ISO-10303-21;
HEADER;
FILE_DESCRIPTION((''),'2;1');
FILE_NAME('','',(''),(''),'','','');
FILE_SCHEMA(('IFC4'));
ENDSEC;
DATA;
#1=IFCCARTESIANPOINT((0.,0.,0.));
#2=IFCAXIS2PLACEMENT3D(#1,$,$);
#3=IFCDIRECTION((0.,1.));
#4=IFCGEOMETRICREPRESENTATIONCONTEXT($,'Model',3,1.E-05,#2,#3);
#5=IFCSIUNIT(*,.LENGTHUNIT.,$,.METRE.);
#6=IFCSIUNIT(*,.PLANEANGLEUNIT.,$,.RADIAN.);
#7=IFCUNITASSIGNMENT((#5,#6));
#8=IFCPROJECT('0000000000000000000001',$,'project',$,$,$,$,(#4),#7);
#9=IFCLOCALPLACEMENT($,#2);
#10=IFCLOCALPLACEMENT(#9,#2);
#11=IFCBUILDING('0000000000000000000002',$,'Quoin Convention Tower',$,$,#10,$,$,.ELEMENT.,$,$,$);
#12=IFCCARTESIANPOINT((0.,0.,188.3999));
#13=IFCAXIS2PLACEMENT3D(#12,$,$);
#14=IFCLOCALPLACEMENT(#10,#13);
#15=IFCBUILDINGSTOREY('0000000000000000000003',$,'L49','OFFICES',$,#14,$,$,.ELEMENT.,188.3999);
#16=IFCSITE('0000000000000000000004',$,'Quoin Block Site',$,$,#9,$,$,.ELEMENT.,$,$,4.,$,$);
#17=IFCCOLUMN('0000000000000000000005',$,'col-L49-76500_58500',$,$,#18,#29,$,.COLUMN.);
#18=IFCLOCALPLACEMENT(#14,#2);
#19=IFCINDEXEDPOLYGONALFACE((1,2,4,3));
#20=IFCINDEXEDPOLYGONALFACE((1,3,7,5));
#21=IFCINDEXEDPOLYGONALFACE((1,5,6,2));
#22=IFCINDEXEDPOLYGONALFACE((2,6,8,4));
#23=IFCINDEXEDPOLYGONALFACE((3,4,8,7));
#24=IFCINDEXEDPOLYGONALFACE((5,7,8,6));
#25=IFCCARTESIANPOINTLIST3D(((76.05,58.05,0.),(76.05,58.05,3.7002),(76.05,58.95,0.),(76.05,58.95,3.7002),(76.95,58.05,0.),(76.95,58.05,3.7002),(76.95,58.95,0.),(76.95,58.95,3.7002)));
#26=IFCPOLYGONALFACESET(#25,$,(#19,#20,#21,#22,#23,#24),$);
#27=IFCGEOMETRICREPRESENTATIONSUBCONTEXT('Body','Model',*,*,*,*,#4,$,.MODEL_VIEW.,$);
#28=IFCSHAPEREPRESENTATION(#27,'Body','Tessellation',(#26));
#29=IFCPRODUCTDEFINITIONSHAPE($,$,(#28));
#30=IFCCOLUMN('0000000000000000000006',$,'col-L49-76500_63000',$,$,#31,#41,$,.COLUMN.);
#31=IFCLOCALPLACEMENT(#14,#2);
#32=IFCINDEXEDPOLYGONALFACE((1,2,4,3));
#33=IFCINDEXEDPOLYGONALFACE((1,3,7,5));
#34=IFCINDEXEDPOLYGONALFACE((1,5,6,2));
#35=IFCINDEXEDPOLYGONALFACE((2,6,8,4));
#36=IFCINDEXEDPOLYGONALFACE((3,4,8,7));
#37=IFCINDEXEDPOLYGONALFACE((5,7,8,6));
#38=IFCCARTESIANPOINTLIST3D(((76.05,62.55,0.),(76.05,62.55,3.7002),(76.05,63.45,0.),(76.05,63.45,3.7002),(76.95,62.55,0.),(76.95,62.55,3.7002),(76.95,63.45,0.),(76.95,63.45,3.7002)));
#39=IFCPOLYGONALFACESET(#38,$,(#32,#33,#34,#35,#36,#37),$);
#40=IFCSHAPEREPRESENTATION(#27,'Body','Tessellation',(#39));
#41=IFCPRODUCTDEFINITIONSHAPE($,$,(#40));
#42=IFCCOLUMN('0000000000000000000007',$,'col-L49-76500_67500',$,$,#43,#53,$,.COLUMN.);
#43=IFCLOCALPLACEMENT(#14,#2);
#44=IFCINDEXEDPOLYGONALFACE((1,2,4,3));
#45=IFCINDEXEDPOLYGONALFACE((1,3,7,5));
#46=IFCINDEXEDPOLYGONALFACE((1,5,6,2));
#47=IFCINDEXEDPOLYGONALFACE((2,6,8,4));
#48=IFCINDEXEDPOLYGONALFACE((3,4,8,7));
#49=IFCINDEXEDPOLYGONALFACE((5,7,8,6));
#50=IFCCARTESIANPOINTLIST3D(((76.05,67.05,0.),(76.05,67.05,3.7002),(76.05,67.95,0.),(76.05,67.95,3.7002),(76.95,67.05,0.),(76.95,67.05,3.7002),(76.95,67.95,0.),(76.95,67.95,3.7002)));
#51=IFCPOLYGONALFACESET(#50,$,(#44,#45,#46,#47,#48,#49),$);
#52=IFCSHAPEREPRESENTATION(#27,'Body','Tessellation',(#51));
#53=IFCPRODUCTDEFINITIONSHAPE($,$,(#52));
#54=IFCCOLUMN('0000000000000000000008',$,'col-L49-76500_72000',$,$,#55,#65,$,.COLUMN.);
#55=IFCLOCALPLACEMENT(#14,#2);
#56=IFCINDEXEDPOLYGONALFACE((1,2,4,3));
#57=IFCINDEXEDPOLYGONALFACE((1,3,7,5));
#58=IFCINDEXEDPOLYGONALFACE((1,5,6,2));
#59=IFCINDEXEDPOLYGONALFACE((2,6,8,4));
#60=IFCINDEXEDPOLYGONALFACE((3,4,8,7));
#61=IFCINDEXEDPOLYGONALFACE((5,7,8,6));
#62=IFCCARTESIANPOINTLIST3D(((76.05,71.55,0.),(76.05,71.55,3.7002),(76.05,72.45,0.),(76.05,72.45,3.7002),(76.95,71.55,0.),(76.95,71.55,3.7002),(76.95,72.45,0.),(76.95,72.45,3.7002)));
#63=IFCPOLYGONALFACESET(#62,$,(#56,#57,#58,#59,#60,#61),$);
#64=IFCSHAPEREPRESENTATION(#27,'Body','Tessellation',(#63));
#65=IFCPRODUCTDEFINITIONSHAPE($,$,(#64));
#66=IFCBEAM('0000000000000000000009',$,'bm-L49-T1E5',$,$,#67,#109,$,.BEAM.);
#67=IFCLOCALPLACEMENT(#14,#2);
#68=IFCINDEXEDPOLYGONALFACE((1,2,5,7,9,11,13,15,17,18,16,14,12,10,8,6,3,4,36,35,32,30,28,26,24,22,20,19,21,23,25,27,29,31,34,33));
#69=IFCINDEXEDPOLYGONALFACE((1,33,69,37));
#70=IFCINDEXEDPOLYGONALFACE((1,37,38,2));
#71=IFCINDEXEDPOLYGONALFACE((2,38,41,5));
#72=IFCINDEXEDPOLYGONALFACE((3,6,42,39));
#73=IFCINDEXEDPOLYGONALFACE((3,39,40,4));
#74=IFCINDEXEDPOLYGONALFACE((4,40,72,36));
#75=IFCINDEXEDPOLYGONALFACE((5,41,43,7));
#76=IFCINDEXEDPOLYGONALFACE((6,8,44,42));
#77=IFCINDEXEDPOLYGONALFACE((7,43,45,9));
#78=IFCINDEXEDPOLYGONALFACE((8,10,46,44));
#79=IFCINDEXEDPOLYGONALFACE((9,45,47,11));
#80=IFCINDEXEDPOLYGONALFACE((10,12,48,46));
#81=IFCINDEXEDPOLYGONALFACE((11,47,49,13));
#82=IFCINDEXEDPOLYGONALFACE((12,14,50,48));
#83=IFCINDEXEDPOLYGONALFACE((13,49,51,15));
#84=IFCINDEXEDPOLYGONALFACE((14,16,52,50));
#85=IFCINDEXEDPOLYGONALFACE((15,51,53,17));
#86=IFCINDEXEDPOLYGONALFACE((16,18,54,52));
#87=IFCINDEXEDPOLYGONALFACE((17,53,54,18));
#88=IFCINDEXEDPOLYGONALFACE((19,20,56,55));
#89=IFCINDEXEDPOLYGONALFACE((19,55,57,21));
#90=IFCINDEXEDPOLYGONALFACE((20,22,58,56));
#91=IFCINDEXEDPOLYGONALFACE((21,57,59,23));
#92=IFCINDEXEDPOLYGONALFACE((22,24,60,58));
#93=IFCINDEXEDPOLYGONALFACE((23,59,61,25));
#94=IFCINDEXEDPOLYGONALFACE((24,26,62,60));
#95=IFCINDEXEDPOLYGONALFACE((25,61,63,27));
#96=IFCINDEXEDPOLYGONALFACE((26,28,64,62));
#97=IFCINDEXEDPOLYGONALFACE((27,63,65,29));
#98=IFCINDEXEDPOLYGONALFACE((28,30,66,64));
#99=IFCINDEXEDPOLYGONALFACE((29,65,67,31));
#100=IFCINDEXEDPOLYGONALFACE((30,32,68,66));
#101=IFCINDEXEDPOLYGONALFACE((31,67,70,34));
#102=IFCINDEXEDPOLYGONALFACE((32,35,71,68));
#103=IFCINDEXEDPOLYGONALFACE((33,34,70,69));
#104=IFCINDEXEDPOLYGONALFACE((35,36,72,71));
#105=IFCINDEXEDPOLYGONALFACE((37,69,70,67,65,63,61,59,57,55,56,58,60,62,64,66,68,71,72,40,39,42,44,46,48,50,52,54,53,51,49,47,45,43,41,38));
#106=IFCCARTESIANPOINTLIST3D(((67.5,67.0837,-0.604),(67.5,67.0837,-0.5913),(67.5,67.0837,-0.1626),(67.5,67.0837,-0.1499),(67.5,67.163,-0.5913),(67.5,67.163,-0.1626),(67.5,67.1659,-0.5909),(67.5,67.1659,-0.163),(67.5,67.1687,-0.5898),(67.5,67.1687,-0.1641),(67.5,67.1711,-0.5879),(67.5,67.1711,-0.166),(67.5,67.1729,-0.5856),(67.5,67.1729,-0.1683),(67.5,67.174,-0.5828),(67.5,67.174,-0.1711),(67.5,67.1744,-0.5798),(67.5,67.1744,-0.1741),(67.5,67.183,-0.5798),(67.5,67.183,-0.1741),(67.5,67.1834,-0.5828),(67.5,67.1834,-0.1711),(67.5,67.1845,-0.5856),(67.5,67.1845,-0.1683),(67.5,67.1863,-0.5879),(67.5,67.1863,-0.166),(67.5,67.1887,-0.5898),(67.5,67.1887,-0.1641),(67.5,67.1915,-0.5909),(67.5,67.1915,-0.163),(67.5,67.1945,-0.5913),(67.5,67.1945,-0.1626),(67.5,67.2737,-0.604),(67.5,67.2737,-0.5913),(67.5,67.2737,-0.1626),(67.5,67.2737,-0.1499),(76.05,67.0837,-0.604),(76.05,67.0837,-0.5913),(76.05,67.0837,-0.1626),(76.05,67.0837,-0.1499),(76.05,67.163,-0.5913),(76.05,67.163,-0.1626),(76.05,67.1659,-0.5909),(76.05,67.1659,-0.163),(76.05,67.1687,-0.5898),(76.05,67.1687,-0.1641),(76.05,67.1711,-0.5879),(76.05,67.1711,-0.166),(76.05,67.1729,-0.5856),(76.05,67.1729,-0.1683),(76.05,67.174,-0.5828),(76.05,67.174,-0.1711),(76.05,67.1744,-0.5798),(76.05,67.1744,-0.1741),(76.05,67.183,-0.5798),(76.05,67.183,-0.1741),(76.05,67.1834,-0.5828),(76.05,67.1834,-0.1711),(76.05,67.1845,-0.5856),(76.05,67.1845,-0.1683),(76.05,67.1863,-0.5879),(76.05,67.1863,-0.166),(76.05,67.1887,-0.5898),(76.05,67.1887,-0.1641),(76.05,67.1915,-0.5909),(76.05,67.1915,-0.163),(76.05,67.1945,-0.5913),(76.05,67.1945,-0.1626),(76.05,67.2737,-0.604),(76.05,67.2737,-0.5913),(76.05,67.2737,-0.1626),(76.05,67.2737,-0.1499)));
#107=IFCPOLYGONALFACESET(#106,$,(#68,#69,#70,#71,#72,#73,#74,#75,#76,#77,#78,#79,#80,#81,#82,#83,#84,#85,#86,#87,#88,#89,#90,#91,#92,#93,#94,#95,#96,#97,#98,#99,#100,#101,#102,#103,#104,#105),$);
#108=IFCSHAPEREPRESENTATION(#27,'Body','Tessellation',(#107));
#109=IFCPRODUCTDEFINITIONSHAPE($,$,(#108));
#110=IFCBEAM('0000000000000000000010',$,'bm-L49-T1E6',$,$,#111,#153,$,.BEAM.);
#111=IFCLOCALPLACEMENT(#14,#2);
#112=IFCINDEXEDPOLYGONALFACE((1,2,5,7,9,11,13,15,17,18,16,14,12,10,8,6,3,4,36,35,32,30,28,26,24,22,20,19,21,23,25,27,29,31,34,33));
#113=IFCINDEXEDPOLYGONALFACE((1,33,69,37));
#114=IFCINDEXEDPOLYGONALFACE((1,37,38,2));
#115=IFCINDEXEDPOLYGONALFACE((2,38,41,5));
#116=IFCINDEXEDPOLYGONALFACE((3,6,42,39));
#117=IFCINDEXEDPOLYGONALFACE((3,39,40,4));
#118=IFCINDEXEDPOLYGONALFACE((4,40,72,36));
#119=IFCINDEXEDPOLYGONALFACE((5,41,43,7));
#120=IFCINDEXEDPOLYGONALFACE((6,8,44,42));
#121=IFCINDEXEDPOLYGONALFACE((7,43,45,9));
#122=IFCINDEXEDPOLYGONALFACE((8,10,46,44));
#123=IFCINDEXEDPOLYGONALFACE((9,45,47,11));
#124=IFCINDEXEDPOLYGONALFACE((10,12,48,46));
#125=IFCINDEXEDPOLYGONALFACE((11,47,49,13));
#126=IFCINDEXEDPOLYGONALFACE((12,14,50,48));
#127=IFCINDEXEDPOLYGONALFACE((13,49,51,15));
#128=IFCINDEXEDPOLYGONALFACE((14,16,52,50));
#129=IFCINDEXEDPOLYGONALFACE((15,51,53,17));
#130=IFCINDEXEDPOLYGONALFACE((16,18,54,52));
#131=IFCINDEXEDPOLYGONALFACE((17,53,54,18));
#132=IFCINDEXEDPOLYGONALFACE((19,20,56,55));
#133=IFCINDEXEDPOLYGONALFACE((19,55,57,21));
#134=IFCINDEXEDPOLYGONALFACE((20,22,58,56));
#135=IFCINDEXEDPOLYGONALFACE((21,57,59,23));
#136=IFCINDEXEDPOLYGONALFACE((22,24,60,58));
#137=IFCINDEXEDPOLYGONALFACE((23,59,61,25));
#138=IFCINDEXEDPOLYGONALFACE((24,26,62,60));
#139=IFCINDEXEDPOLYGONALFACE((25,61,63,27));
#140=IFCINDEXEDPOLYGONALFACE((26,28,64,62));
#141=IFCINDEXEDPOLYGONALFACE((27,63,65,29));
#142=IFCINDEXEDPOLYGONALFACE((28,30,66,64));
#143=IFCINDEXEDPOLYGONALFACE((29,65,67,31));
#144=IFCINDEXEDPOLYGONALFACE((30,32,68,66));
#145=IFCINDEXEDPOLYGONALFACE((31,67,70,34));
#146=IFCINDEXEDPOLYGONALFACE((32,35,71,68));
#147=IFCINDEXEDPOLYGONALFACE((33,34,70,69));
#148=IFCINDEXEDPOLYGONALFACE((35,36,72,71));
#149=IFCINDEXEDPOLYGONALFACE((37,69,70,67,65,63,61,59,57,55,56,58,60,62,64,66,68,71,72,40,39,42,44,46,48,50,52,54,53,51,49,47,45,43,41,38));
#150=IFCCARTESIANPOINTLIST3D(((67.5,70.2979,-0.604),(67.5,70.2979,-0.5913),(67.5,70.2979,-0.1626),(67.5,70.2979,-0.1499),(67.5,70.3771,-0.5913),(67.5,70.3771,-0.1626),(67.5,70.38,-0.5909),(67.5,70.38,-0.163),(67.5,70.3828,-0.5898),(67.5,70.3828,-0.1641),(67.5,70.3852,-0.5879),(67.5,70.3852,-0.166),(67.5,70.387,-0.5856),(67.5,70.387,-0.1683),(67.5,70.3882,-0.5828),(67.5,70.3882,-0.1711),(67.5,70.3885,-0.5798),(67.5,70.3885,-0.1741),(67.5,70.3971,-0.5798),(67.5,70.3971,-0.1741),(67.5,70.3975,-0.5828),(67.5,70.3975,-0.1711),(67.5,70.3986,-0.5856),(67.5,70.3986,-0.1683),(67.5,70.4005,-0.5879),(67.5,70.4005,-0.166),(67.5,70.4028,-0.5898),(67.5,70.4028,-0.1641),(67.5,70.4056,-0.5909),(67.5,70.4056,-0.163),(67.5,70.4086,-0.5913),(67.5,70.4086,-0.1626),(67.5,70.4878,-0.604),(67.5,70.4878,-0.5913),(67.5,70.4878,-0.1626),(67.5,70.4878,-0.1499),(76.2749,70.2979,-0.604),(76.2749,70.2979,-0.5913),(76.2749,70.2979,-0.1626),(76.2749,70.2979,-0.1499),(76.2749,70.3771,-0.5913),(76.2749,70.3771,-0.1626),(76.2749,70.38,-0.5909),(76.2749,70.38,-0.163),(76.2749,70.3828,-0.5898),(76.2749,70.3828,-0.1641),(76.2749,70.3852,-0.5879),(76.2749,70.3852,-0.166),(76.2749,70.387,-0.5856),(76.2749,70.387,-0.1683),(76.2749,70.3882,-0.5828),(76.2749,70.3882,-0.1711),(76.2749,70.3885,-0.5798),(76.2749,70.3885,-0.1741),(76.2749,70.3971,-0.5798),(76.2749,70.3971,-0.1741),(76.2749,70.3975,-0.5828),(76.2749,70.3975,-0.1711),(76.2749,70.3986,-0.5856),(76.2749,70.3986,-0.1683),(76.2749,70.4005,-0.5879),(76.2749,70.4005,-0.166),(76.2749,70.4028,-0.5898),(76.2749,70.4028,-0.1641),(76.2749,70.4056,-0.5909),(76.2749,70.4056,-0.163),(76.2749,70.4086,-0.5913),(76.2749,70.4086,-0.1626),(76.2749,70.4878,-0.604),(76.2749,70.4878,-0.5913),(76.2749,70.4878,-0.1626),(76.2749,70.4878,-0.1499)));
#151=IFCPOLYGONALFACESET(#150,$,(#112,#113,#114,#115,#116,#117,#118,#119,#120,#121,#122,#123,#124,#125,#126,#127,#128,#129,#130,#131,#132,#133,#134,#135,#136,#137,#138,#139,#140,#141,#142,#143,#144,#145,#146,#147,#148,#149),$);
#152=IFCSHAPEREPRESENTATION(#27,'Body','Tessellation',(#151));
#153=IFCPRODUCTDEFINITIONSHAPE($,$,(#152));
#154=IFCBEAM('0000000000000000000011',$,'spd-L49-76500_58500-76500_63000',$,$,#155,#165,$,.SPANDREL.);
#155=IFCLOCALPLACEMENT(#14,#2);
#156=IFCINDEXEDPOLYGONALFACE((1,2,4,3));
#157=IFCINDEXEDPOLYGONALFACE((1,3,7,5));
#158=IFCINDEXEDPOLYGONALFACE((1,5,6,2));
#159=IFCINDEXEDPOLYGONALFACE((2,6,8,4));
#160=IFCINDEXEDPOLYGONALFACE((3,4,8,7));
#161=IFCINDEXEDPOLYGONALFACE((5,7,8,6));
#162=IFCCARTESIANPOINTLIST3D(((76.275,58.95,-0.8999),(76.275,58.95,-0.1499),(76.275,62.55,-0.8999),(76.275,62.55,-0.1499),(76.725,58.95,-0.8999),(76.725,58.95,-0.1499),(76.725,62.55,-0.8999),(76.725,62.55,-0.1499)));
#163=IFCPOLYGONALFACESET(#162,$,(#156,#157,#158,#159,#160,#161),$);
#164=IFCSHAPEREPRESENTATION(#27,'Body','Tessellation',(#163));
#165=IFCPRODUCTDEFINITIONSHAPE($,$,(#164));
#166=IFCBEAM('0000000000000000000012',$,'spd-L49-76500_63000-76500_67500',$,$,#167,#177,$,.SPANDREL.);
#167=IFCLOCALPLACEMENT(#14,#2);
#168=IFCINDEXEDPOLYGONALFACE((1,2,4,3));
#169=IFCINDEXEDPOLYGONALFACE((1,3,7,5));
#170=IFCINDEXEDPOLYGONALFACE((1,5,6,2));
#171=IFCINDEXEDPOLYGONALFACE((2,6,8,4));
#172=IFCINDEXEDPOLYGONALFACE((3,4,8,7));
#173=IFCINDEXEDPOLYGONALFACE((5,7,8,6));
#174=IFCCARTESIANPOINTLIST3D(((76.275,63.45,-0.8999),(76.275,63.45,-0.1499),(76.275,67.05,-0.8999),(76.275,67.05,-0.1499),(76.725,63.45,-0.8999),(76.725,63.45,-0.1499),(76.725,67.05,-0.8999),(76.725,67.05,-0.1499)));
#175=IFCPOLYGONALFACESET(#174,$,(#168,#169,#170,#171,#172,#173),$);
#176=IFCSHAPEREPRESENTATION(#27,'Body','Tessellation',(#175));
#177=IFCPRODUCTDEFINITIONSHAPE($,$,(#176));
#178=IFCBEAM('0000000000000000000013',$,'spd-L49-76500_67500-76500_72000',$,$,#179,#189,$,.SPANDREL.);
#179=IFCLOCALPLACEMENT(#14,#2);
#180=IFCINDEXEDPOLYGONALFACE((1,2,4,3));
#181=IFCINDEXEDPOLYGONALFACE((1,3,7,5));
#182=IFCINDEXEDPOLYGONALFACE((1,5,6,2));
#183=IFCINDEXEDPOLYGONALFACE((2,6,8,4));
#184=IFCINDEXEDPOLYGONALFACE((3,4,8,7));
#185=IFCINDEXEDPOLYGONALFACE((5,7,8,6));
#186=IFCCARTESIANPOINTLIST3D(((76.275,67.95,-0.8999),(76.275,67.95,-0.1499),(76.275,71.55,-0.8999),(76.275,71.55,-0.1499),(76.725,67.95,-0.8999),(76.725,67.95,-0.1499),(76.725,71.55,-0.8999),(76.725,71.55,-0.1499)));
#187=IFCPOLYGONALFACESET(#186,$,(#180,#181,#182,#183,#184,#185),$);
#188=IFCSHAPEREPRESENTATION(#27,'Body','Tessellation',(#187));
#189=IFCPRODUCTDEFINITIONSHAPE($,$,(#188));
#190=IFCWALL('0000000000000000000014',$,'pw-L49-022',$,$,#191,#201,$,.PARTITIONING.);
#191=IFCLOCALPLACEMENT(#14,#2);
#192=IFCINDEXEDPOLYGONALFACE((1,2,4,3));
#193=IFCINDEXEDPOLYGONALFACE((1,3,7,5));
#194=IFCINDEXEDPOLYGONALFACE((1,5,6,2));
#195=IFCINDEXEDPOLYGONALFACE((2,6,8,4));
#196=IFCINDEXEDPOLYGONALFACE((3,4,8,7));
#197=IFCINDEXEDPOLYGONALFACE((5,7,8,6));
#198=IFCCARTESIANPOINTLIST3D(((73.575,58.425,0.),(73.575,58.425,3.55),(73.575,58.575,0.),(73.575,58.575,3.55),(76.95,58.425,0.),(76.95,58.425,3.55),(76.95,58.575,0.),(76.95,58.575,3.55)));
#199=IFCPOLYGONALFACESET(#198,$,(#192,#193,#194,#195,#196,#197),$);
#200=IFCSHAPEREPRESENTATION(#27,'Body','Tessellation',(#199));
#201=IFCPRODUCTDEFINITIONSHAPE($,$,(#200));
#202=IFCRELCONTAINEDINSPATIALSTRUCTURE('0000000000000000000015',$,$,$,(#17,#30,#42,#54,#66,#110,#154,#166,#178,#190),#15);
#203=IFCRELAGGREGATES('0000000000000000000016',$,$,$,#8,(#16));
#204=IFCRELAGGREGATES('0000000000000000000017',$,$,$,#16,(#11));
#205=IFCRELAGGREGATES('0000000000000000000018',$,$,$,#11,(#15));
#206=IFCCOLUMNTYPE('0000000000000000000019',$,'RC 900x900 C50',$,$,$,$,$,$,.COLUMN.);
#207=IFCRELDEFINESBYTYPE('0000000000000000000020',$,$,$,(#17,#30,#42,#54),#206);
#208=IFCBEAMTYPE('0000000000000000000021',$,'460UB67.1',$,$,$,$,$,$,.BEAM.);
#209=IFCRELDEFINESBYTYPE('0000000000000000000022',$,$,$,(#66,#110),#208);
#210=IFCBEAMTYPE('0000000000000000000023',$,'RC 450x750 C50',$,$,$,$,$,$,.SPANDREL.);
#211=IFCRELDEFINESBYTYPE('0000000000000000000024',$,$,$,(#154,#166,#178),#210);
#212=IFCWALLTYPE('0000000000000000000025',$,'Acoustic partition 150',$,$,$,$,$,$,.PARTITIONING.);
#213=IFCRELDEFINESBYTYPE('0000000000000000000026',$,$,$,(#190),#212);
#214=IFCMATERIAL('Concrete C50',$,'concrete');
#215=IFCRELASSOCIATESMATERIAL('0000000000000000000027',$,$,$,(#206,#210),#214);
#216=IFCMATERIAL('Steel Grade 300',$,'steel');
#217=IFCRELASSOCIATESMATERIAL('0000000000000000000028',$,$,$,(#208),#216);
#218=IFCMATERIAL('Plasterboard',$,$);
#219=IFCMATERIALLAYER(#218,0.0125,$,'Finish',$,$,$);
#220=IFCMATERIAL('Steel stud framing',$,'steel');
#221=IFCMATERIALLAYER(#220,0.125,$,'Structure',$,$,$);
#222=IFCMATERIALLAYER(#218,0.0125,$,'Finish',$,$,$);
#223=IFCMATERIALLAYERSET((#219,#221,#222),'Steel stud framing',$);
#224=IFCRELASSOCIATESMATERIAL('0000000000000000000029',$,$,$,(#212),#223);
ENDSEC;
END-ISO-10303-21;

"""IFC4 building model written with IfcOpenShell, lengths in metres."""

from ifc_helpers import new_model, si_unit, direction, frame, frame_2d, origin, origin_2d, place, context, subcontext, project, spatial, rectangle, i_section, extrude, material, layer, layer_set, material_profile, profile_set, type_object, element, save


model = new_model("IFC4")

# Units and contexts
model_context = context("Model", 3, precision=1e-05, world=origin(), true_north=direction((0.0, 1.0)))
body_context = subcontext(model_context, "Body", "Model", "MODEL_VIEW")
ifc_project = project(units=[si_unit("LENGTHUNIT", "METRE"), si_unit("PLANEANGLEUNIT", "RADIAN")], contexts=[model_context])

# Site, building, storey
site_placement = place(None, origin())
site = spatial("IfcSite", under=ifc_project, at=site_placement, Name="Quoin Block Site", CompositionType="ELEMENT", RefElevation=4.0)
building_placement = place(site_placement, origin())
building = spatial("IfcBuilding", under=site, at=building_placement, Name="Quoin Convention Tower", CompositionType="ELEMENT")
storey_placement = place(building_placement, frame((0.0, 0.0, 188.3999)))
storey = spatial("IfcBuildingStorey", under=building, at=storey_placement, Name="L49", Description="OFFICES", CompositionType="ELEMENT", Elevation=188.3999)

# Columns
ifc_material_1 = material(Name="Concrete C50", Category="concrete")
ifc_material_profile_1 = material_profile(ifc_material_1, rectangle(XDim=0.8999, YDim=0.8999, at=origin_2d()), Name="RC 900x900")
ifc_profile_set_1 = profile_set([ifc_material_profile_1], Name="Concrete C50")
column_type = type_object("IfcColumnType", Name="RC 900x900 C50", PredefinedType="COLUMN", material=ifc_profile_set_1)
for number, where, z_axis, x_axis, name in (
    (1, (76.5, 58.5, 0.0), (0.0, 0.0, 1.0), (1.0, 0.0, 0.0), "col-L49-76500_58500"),
    (2, (76.5, 63.0, 0.0), (0.0, 0.0, 1.0), (1.0, 0.0, 0.0), "col-L49-76500_63000"),
    (3, (76.5, 67.5, 0.0), (0.0, 0.0, 1.0), (1.0, 0.0, 0.0), "col-L49-76500_67500"),
    (4, (76.5, 72.0, 0.0), (0.0, 0.0, 1.0), (1.0, 0.0, 0.0), "col-L49-76500_72000"),
):
    element("IfcColumn", number, at=place(storey_placement, frame(where, z_axis=z_axis, x_axis=x_axis)), inside=storey, type_object=column_type, Name=name, PredefinedType="COLUMN", context=body_context, shape_type="SweptSolid", body=[
        extrude(rectangle(XDim=0.8999, YDim=0.8999, at=origin_2d()), origin(), (0.0, 0.0, 1.0), 3.7002),
    ])

# Beams
ifc_material_2 = material(Name="Steel Grade 300", Category="steel")
ifc_material_profile_2 = material_profile(ifc_material_2, i_section(OverallWidth=0.1899, OverallDepth=0.4541, WebThickness=0.0085, FlangeThickness=0.0127, FilletRadius=0.0115, at=origin_2d()), Name="460UB67.1")
ifc_profile_set_2 = profile_set([ifc_material_profile_2], Name="Steel Grade 300")
beam_type_1 = type_object("IfcBeamType", Name="460UB67.1", PredefinedType="BEAM", material=ifc_profile_set_2)
beam_1_placement = place(storey_placement, frame((67.5, 67.1787, -0.377), z_axis=(1.0, 0.0, 0.0), x_axis=(0.0, 1.0, 0.0)))
element("IfcBeam", 5, at=beam_1_placement, inside=storey, type_object=beam_type_1, Name="bm-L49-T1E5", PredefinedType="BEAM", context=body_context, shape_type="SweptSolid", body=[
    extrude(i_section(OverallWidth=0.1899, OverallDepth=0.4541, WebThickness=0.0085, FlangeThickness=0.0127, FilletRadius=0.0115, at=origin_2d()), origin(), (0.0, 0.0, 1.0), 8.55),
])
beam_2_placement = place(storey_placement, frame((67.5, 70.3928, -0.377), z_axis=(1.0, 0.0, 0.0), x_axis=(0.0, 1.0, 0.0)))
element("IfcBeam", 6, at=beam_2_placement, inside=storey, type_object=beam_type_1, Name="bm-L49-T1E6", PredefinedType="BEAM", context=body_context, shape_type="SweptSolid", body=[
    extrude(i_section(OverallWidth=0.1899, OverallDepth=0.4541, WebThickness=0.0085, FlangeThickness=0.0127, FilletRadius=0.0115, at=origin_2d()), origin(), (0.0, 0.0, 1.0), 8.7749),
])
ifc_material_profile_3 = material_profile(ifc_material_1, rectangle(XDim=0.45, YDim=0.75, at=origin_2d()), Name="RC 450x750")
ifc_profile_set_3 = profile_set([ifc_material_profile_3], Name="Concrete C50")
beam_type_2 = type_object("IfcBeamType", Name="RC 450x750 C50", PredefinedType="SPANDREL", material=ifc_profile_set_3)
for number, where, z_axis, x_axis, name in (
    (7, (76.5, 58.95, -0.5249), (0.0, 1.0, 0.0), (-1.0, 0.0, 0.0), "spd-L49-76500_58500-76500_63000"),
    (8, (76.5, 63.45, -0.5249), (0.0, 1.0, 0.0), (-1.0, 0.0, 0.0), "spd-L49-76500_63000-76500_67500"),
    (9, (76.5, 67.95, -0.5249), (0.0, 1.0, 0.0), (-1.0, 0.0, 0.0), "spd-L49-76500_67500-76500_72000"),
):
    element("IfcBeam", number, at=place(storey_placement, frame(where, z_axis=z_axis, x_axis=x_axis)), inside=storey, type_object=beam_type_2, Name=name, PredefinedType="SPANDREL", context=body_context, shape_type="SweptSolid", body=[
        extrude(rectangle(XDim=0.45, YDim=0.75, at=origin_2d()), origin(), (0.0, 0.0, 1.0), 3.6001),
    ])

# Wall
ifc_material_3 = material(Name="Plasterboard")
ifc_layer_1 = layer(ifc_material_3, 0.0125, Name="Finish")
ifc_material_4 = material(Name="Steel stud framing", Category="steel")
ifc_layer_2 = layer(ifc_material_4, 0.125, Name="Structure")
ifc_layer_3 = layer(ifc_material_3, 0.0125, Name="Finish")
ifc_layer_set_1 = layer_set([ifc_layer_1, ifc_layer_2, ifc_layer_3], Name="Steel stud framing")
wall_type_1 = type_object("IfcWallType", Name="Acoustic partition 150", PredefinedType="PARTITIONING", material=ifc_layer_set_1)
for number, where, z_axis, x_axis, name in (
    (10, (73.575, 58.5, 0.0), (0.0, 0.0, 1.0), (1.0, 0.0, 0.0), "pw-L49-022"),
):
    element("IfcWall", number, at=place(storey_placement, frame(where, z_axis=z_axis, x_axis=x_axis)), inside=storey, type_object=wall_type_1, Name=name, PredefinedType="PARTITIONING", context=body_context, shape_type="SweptSolid", body=[
        extrude(rectangle(XDim=3.375, YDim=0.1499, at=frame_2d((1.6875, 0.0))), origin(), (0.0, 0.0, 1.0), 3.55),
    ])

save(model, "model.ifc")
